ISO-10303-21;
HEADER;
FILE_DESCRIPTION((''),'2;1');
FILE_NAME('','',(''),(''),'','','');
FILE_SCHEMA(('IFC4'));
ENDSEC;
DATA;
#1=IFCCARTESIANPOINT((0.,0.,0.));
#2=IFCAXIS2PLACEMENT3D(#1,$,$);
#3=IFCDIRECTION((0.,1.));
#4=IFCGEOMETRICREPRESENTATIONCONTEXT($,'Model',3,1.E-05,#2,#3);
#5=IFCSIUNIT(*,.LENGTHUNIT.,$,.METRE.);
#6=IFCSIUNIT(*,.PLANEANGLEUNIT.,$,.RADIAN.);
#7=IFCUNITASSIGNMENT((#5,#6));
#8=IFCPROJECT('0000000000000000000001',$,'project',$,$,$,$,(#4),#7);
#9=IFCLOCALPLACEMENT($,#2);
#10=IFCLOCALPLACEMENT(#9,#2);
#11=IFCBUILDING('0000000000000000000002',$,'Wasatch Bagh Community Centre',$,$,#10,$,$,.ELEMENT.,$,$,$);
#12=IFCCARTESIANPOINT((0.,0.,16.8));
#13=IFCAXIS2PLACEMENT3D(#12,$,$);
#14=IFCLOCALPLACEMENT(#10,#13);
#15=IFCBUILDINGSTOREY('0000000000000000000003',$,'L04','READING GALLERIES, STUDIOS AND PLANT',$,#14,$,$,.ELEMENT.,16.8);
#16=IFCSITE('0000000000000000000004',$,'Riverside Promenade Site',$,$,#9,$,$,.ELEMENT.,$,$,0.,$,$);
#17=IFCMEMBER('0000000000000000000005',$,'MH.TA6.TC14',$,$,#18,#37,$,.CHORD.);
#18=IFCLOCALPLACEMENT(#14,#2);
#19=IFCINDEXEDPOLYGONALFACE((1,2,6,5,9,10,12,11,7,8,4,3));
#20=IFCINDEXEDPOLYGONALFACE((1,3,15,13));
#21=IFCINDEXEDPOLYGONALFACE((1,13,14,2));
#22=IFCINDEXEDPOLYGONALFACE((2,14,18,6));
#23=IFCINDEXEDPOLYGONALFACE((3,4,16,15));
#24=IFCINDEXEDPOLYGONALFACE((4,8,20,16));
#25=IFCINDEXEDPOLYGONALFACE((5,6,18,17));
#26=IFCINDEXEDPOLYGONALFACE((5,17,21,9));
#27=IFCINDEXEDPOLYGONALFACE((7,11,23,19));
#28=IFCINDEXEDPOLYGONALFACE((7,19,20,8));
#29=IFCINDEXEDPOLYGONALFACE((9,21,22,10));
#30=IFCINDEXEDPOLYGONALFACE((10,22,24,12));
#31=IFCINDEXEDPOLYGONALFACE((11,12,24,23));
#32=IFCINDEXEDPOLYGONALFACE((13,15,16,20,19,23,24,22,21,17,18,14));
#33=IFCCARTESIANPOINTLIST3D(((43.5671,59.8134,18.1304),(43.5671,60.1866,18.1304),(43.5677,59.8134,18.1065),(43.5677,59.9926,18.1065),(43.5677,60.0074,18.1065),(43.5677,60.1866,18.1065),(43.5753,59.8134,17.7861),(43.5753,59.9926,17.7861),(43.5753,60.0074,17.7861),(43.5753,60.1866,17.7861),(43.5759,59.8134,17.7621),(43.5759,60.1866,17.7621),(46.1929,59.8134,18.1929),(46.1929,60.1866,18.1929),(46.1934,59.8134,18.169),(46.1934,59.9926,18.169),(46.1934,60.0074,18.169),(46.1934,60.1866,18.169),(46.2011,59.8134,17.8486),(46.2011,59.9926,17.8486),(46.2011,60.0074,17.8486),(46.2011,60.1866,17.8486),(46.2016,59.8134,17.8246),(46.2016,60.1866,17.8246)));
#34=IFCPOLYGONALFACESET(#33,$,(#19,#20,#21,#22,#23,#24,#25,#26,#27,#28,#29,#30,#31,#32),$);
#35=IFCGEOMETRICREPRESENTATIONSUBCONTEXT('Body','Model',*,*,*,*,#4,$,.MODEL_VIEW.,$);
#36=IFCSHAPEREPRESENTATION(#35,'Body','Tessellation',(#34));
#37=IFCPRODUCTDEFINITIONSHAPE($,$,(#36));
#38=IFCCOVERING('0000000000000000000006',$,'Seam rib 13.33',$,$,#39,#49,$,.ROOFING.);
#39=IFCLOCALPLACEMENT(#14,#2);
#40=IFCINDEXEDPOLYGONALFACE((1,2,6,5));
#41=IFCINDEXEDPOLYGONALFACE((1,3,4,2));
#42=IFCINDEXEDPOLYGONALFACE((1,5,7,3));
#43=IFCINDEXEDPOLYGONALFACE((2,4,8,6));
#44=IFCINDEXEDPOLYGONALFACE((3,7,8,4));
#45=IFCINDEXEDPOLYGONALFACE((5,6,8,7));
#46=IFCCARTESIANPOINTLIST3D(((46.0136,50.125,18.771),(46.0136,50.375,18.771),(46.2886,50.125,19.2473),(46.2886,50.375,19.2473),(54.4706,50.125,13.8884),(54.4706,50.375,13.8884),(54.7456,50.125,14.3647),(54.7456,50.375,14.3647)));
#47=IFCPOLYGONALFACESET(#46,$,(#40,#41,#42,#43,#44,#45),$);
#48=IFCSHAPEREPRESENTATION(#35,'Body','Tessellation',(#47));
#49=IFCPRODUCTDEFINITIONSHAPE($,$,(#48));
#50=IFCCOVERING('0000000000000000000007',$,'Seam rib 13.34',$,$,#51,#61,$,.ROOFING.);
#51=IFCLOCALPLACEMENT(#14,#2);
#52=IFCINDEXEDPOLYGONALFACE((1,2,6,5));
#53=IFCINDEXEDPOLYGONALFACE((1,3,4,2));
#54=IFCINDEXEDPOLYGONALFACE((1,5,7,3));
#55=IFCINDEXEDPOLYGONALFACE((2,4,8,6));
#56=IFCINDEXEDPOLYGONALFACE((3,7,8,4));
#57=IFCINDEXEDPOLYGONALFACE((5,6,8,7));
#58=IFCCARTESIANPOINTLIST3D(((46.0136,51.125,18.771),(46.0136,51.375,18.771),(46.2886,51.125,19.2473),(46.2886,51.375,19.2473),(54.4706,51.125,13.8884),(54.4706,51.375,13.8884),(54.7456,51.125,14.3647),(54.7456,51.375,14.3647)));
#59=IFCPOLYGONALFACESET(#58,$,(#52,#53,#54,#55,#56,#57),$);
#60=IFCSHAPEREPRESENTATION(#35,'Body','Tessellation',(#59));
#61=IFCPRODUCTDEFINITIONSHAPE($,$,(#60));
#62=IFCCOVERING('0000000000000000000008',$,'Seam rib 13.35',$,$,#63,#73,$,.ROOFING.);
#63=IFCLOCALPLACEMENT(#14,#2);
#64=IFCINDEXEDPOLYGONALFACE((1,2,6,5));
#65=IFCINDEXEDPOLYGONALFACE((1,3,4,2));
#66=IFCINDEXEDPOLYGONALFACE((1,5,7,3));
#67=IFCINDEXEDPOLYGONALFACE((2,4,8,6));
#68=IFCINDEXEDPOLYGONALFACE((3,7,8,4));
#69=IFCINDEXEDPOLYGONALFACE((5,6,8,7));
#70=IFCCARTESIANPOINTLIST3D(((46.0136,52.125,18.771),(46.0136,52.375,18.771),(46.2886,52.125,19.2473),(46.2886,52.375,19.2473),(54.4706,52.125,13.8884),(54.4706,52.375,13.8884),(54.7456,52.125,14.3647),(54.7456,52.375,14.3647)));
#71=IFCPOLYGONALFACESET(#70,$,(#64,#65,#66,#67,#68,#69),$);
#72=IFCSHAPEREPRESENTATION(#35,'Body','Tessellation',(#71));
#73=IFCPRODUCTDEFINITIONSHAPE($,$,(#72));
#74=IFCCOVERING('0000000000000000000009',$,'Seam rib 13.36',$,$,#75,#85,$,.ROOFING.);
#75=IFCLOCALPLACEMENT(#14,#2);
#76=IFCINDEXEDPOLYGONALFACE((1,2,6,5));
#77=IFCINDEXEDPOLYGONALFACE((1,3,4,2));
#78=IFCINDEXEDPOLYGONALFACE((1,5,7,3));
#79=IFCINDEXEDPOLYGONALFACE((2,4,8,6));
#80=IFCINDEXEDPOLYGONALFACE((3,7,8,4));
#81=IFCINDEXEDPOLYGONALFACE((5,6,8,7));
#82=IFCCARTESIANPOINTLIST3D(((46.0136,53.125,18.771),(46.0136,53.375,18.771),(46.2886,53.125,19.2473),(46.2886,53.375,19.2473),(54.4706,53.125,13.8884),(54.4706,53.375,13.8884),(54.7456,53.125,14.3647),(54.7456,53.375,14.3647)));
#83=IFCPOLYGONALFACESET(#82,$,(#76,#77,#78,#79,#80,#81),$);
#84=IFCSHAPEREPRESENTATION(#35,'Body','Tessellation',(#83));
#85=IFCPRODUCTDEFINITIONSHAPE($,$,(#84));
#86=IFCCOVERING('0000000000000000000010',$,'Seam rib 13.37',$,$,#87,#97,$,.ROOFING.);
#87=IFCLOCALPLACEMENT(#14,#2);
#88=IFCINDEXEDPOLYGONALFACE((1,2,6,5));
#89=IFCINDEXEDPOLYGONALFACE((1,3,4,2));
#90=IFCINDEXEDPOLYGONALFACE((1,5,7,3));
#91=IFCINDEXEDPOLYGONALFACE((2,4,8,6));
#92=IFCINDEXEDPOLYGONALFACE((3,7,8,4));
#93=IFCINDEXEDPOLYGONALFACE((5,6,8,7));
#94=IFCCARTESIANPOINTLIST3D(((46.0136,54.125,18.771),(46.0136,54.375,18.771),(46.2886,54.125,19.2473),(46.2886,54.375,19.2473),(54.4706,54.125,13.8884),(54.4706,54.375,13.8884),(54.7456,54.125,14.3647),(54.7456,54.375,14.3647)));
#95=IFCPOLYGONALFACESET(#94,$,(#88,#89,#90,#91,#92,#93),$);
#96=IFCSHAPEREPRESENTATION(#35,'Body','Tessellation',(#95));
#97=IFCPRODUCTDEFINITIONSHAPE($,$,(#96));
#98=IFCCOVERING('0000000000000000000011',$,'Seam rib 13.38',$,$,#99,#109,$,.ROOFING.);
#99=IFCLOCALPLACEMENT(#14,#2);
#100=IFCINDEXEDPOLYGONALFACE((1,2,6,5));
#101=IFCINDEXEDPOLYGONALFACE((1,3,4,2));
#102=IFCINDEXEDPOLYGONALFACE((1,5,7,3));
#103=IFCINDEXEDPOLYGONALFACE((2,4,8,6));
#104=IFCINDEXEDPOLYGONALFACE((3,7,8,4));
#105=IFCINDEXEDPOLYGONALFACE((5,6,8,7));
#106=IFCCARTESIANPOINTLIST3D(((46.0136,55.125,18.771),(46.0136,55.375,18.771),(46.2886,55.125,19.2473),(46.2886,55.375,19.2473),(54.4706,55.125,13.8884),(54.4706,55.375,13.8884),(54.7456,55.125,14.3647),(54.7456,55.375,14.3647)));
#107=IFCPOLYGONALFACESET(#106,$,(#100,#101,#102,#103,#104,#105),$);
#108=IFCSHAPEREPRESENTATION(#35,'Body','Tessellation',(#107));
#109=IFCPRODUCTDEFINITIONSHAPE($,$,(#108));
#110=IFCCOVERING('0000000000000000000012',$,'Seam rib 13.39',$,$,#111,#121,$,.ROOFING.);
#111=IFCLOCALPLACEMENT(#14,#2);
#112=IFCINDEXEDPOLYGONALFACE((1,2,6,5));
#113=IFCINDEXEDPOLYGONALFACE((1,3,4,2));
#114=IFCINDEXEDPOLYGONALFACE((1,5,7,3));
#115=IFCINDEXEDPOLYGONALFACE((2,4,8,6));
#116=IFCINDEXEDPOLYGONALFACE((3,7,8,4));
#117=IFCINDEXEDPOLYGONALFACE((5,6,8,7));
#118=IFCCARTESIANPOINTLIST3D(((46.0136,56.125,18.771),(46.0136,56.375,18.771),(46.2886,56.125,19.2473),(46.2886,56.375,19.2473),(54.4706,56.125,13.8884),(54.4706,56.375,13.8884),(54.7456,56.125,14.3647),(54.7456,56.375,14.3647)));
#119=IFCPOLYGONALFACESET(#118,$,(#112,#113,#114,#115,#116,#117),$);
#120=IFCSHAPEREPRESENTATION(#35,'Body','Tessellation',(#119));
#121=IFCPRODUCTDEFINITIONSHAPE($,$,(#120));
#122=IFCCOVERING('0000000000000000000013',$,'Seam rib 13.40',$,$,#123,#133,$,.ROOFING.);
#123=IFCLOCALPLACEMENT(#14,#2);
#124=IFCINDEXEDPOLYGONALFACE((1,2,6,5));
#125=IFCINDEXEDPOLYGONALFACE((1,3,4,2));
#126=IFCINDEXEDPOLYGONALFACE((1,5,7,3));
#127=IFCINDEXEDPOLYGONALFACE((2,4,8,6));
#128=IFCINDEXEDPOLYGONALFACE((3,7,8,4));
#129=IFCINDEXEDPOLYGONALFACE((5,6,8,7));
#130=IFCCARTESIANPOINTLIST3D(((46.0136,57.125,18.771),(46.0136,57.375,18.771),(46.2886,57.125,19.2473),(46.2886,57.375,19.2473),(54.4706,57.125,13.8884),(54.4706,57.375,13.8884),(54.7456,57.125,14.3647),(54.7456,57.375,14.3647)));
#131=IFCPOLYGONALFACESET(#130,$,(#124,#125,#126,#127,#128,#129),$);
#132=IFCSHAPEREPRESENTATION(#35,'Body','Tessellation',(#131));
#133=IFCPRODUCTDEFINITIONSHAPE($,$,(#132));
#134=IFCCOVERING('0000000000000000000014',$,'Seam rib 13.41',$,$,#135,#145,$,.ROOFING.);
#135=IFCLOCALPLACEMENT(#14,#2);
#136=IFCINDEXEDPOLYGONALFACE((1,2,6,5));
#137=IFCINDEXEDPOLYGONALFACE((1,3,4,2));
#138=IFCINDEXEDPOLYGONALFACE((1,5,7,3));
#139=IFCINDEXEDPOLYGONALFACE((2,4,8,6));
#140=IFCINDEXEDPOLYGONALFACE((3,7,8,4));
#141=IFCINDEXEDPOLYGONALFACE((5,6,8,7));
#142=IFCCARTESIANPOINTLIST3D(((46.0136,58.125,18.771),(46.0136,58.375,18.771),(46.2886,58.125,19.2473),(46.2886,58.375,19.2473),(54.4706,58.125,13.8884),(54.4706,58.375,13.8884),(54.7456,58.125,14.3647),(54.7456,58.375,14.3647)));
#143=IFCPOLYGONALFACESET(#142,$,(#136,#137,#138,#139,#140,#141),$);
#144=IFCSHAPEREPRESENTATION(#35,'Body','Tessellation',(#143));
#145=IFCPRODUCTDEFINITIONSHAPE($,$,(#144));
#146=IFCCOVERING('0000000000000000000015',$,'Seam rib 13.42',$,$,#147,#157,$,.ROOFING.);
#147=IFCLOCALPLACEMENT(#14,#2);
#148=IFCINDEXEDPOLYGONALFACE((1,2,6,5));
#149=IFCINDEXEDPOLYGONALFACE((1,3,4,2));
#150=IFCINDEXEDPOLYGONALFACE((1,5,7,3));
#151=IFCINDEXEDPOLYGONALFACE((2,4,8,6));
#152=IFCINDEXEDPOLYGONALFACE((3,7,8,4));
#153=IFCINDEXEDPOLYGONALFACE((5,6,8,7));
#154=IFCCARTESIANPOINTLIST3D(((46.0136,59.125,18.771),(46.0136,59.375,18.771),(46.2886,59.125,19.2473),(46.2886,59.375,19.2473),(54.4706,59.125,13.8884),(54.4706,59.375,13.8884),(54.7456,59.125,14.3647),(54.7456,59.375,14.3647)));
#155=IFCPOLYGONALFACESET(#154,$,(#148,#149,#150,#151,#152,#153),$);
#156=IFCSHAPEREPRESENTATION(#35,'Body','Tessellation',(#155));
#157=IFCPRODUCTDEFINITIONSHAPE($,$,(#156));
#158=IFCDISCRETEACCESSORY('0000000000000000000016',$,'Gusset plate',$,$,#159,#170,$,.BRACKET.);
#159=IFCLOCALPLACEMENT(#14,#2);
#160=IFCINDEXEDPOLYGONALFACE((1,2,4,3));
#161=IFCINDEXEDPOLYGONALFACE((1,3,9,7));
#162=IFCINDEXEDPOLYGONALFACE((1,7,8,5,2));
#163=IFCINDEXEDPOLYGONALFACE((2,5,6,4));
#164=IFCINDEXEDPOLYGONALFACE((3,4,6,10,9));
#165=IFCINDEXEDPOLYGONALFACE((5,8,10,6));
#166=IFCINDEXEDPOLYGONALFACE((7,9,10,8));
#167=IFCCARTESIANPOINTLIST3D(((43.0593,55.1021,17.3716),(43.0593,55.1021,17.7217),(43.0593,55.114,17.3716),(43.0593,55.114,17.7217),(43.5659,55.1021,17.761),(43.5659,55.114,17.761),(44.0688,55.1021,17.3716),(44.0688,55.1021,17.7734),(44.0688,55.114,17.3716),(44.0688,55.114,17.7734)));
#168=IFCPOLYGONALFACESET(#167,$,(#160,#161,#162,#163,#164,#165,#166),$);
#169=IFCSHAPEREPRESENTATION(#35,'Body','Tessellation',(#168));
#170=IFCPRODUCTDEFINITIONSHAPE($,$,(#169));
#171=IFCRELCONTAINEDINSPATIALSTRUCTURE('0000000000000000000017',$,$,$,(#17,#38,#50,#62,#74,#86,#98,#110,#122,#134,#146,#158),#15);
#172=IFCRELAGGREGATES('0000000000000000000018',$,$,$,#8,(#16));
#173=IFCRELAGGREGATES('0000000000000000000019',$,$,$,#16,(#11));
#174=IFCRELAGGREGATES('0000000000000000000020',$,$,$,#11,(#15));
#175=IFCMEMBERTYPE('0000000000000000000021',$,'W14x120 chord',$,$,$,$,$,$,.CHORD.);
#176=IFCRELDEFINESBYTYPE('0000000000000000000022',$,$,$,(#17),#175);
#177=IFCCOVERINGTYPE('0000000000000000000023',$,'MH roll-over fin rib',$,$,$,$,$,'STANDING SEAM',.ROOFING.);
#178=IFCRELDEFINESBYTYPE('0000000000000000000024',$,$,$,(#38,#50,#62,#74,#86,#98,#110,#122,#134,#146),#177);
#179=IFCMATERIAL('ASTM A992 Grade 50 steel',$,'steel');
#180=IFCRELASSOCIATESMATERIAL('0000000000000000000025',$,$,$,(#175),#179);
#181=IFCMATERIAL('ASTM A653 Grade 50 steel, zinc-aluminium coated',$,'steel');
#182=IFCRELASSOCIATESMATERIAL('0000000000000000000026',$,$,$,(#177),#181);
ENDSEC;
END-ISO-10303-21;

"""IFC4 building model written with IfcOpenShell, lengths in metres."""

from ifc_helpers import new_model, si_unit, direction, frame, origin, origin_2d, place, context, subcontext, project, spatial, polyline, i_section, outline, extrude, material, material_profile, profile_set, type_object, element, save


model = new_model("IFC4")

# Units and contexts
model_context = context("Model", 3, precision=1e-05, world=origin(), true_north=direction((0.0, 1.0)))
body_context = subcontext(model_context, "Body", "Model", "MODEL_VIEW")
ifc_project = project(units=[si_unit("LENGTHUNIT", "METRE"), si_unit("PLANEANGLEUNIT", "RADIAN")], contexts=[model_context])

# Site, building, storey
site_placement = place(None, origin())
site = spatial("IfcSite", under=ifc_project, at=site_placement, Name="Riverside Promenade Site", CompositionType="ELEMENT", RefElevation=0.0)
building_placement = place(site_placement, origin())
building = spatial("IfcBuilding", under=site, at=building_placement, Name="Wasatch Bagh Community Centre", CompositionType="ELEMENT")
storey_placement = place(building_placement, frame((0.0, 0.0, 16.8)))
storey = spatial("IfcBuildingStorey", under=building, at=storey_placement, Name="L04", Description="READING GALLERIES, STUDIOS AND PLANT", CompositionType="ELEMENT", Elevation=16.8)

# Member
ifc_material_1 = material(Name="ASTM A992 Grade 50 steel", Category="steel")
ifc_material_profile_1 = material_profile(ifc_material_1, i_section(OverallWidth=0.3733, OverallDepth=0.3684, WebThickness=0.0149, FlangeThickness=0.0239, at=origin_2d()), Name="W14x120")
ifc_profile_set_1 = profile_set([ifc_material_profile_1], Name="ASTM A992 Grade 50 steel")
member_type_1 = type_object("IfcMemberType", Name="W14x120 chord", PredefinedType="CHORD", material=ifc_profile_set_1)
member_1_placement = place(storey_placement, frame((43.5715, 60.0, 17.9463), z_axis=(0.999717, 0.0, 0.023796), x_axis=(0.0, 1.0, 0.0)))
element("IfcMember", 1, at=member_1_placement, inside=storey, type_object=member_type_1, Name="MH.TA6.TC14", PredefinedType="CHORD", context=body_context, shape_type="SweptSolid", body=[
    extrude(i_section(OverallWidth=0.3733, OverallDepth=0.3684, WebThickness=0.0149, FlangeThickness=0.0239, at=origin_2d()), origin(), (0.0, 0.0, 1.0), 2.6265),
])

# Coverings
ifc_material_2 = material(Name="ASTM A653 Grade 50 steel, zinc-aluminium coated", Category="steel")
covering_type = type_object("IfcCoveringType", Name="MH roll-over fin rib", ElementType="STANDING SEAM", PredefinedType="ROOFING", material=ifc_material_2)
for number, where, z_axis, x_axis, name in (
    (2, (46.2886, 50.125, 19.2473), (0.499992, 0.0, 0.86603), (0.86603, 0.0, -0.499992), "Seam rib 13.33"),
    (3, (46.2886, 51.125, 19.2473), (0.499992, 0.0, 0.86603), (0.86603, 0.0, -0.499992), "Seam rib 13.34"),
    (4, (46.2886, 52.125, 19.2473), (0.499992, 0.0, 0.86603), (0.86603, 0.0, -0.499992), "Seam rib 13.35"),
    (5, (46.2886, 53.125, 19.2473), (0.499992, 0.0, 0.86603), (0.86603, 0.0, -0.499992), "Seam rib 13.36"),
    (6, (46.2886, 54.125, 19.2473), (0.499992, 0.0, 0.86603), (0.86603, 0.0, -0.499992), "Seam rib 13.37"),
    (7, (46.2886, 55.125, 19.2473), (0.499992, 0.0, 0.86603), (0.86603, 0.0, -0.499992), "Seam rib 13.38"),
    (8, (46.2886, 56.125, 19.2473), (0.499992, 0.0, 0.86603), (0.86603, 0.0, -0.499992), "Seam rib 13.39"),
    (9, (46.2886, 57.125, 19.2473), (0.499992, 0.0, 0.86603), (0.86603, 0.0, -0.499992), "Seam rib 13.40"),
    (10, (46.2886, 58.125, 19.2473), (0.499992, 0.0, 0.86603), (0.86603, 0.0, -0.499992), "Seam rib 13.41"),
    (11, (46.2886, 59.125, 19.2473), (0.499992, 0.0, 0.86603), (0.86603, 0.0, -0.499992), "Seam rib 13.42"),
):
    element("IfcCovering", number, at=place(storey_placement, frame(where, z_axis=z_axis, x_axis=x_axis)), inside=storey, type_object=covering_type, Name=name, PredefinedType="ROOFING", context=body_context, shape_type="SweptSolid", body=[
        extrude(outline(polyline([(0.0, 0.0), (9.7653, 0.0), (9.7653, 0.25), (0.0, 0.25), (0.0, 0.0)])), origin(), (0.0, 0.0, -1.0), 0.55),
    ])

# Discrete accessory
discrete_accessory_placement = place(storey_placement, frame((43.0593, 55.114, 17.7217), z_axis=(0.0, 1.0, 0.0), x_axis=(0.997003, 0.0, 0.077358)))
element("IfcDiscreteAccessory", 12, at=discrete_accessory_placement, inside=storey, Name="Gusset plate", PredefinedType="BRACKET", context=body_context, shape_type="SweptSolid", body=[
    extrude(outline(polyline([(0.0, 0.0), (0.5081, 0.0), (1.0105, 0.0265), (0.9794, 0.4271), (-0.0271, 0.349), (0.0, 0.0)])), origin(), (0.0, 0.0, -1.0), 0.012),
])

save(model, "model.ifc")
